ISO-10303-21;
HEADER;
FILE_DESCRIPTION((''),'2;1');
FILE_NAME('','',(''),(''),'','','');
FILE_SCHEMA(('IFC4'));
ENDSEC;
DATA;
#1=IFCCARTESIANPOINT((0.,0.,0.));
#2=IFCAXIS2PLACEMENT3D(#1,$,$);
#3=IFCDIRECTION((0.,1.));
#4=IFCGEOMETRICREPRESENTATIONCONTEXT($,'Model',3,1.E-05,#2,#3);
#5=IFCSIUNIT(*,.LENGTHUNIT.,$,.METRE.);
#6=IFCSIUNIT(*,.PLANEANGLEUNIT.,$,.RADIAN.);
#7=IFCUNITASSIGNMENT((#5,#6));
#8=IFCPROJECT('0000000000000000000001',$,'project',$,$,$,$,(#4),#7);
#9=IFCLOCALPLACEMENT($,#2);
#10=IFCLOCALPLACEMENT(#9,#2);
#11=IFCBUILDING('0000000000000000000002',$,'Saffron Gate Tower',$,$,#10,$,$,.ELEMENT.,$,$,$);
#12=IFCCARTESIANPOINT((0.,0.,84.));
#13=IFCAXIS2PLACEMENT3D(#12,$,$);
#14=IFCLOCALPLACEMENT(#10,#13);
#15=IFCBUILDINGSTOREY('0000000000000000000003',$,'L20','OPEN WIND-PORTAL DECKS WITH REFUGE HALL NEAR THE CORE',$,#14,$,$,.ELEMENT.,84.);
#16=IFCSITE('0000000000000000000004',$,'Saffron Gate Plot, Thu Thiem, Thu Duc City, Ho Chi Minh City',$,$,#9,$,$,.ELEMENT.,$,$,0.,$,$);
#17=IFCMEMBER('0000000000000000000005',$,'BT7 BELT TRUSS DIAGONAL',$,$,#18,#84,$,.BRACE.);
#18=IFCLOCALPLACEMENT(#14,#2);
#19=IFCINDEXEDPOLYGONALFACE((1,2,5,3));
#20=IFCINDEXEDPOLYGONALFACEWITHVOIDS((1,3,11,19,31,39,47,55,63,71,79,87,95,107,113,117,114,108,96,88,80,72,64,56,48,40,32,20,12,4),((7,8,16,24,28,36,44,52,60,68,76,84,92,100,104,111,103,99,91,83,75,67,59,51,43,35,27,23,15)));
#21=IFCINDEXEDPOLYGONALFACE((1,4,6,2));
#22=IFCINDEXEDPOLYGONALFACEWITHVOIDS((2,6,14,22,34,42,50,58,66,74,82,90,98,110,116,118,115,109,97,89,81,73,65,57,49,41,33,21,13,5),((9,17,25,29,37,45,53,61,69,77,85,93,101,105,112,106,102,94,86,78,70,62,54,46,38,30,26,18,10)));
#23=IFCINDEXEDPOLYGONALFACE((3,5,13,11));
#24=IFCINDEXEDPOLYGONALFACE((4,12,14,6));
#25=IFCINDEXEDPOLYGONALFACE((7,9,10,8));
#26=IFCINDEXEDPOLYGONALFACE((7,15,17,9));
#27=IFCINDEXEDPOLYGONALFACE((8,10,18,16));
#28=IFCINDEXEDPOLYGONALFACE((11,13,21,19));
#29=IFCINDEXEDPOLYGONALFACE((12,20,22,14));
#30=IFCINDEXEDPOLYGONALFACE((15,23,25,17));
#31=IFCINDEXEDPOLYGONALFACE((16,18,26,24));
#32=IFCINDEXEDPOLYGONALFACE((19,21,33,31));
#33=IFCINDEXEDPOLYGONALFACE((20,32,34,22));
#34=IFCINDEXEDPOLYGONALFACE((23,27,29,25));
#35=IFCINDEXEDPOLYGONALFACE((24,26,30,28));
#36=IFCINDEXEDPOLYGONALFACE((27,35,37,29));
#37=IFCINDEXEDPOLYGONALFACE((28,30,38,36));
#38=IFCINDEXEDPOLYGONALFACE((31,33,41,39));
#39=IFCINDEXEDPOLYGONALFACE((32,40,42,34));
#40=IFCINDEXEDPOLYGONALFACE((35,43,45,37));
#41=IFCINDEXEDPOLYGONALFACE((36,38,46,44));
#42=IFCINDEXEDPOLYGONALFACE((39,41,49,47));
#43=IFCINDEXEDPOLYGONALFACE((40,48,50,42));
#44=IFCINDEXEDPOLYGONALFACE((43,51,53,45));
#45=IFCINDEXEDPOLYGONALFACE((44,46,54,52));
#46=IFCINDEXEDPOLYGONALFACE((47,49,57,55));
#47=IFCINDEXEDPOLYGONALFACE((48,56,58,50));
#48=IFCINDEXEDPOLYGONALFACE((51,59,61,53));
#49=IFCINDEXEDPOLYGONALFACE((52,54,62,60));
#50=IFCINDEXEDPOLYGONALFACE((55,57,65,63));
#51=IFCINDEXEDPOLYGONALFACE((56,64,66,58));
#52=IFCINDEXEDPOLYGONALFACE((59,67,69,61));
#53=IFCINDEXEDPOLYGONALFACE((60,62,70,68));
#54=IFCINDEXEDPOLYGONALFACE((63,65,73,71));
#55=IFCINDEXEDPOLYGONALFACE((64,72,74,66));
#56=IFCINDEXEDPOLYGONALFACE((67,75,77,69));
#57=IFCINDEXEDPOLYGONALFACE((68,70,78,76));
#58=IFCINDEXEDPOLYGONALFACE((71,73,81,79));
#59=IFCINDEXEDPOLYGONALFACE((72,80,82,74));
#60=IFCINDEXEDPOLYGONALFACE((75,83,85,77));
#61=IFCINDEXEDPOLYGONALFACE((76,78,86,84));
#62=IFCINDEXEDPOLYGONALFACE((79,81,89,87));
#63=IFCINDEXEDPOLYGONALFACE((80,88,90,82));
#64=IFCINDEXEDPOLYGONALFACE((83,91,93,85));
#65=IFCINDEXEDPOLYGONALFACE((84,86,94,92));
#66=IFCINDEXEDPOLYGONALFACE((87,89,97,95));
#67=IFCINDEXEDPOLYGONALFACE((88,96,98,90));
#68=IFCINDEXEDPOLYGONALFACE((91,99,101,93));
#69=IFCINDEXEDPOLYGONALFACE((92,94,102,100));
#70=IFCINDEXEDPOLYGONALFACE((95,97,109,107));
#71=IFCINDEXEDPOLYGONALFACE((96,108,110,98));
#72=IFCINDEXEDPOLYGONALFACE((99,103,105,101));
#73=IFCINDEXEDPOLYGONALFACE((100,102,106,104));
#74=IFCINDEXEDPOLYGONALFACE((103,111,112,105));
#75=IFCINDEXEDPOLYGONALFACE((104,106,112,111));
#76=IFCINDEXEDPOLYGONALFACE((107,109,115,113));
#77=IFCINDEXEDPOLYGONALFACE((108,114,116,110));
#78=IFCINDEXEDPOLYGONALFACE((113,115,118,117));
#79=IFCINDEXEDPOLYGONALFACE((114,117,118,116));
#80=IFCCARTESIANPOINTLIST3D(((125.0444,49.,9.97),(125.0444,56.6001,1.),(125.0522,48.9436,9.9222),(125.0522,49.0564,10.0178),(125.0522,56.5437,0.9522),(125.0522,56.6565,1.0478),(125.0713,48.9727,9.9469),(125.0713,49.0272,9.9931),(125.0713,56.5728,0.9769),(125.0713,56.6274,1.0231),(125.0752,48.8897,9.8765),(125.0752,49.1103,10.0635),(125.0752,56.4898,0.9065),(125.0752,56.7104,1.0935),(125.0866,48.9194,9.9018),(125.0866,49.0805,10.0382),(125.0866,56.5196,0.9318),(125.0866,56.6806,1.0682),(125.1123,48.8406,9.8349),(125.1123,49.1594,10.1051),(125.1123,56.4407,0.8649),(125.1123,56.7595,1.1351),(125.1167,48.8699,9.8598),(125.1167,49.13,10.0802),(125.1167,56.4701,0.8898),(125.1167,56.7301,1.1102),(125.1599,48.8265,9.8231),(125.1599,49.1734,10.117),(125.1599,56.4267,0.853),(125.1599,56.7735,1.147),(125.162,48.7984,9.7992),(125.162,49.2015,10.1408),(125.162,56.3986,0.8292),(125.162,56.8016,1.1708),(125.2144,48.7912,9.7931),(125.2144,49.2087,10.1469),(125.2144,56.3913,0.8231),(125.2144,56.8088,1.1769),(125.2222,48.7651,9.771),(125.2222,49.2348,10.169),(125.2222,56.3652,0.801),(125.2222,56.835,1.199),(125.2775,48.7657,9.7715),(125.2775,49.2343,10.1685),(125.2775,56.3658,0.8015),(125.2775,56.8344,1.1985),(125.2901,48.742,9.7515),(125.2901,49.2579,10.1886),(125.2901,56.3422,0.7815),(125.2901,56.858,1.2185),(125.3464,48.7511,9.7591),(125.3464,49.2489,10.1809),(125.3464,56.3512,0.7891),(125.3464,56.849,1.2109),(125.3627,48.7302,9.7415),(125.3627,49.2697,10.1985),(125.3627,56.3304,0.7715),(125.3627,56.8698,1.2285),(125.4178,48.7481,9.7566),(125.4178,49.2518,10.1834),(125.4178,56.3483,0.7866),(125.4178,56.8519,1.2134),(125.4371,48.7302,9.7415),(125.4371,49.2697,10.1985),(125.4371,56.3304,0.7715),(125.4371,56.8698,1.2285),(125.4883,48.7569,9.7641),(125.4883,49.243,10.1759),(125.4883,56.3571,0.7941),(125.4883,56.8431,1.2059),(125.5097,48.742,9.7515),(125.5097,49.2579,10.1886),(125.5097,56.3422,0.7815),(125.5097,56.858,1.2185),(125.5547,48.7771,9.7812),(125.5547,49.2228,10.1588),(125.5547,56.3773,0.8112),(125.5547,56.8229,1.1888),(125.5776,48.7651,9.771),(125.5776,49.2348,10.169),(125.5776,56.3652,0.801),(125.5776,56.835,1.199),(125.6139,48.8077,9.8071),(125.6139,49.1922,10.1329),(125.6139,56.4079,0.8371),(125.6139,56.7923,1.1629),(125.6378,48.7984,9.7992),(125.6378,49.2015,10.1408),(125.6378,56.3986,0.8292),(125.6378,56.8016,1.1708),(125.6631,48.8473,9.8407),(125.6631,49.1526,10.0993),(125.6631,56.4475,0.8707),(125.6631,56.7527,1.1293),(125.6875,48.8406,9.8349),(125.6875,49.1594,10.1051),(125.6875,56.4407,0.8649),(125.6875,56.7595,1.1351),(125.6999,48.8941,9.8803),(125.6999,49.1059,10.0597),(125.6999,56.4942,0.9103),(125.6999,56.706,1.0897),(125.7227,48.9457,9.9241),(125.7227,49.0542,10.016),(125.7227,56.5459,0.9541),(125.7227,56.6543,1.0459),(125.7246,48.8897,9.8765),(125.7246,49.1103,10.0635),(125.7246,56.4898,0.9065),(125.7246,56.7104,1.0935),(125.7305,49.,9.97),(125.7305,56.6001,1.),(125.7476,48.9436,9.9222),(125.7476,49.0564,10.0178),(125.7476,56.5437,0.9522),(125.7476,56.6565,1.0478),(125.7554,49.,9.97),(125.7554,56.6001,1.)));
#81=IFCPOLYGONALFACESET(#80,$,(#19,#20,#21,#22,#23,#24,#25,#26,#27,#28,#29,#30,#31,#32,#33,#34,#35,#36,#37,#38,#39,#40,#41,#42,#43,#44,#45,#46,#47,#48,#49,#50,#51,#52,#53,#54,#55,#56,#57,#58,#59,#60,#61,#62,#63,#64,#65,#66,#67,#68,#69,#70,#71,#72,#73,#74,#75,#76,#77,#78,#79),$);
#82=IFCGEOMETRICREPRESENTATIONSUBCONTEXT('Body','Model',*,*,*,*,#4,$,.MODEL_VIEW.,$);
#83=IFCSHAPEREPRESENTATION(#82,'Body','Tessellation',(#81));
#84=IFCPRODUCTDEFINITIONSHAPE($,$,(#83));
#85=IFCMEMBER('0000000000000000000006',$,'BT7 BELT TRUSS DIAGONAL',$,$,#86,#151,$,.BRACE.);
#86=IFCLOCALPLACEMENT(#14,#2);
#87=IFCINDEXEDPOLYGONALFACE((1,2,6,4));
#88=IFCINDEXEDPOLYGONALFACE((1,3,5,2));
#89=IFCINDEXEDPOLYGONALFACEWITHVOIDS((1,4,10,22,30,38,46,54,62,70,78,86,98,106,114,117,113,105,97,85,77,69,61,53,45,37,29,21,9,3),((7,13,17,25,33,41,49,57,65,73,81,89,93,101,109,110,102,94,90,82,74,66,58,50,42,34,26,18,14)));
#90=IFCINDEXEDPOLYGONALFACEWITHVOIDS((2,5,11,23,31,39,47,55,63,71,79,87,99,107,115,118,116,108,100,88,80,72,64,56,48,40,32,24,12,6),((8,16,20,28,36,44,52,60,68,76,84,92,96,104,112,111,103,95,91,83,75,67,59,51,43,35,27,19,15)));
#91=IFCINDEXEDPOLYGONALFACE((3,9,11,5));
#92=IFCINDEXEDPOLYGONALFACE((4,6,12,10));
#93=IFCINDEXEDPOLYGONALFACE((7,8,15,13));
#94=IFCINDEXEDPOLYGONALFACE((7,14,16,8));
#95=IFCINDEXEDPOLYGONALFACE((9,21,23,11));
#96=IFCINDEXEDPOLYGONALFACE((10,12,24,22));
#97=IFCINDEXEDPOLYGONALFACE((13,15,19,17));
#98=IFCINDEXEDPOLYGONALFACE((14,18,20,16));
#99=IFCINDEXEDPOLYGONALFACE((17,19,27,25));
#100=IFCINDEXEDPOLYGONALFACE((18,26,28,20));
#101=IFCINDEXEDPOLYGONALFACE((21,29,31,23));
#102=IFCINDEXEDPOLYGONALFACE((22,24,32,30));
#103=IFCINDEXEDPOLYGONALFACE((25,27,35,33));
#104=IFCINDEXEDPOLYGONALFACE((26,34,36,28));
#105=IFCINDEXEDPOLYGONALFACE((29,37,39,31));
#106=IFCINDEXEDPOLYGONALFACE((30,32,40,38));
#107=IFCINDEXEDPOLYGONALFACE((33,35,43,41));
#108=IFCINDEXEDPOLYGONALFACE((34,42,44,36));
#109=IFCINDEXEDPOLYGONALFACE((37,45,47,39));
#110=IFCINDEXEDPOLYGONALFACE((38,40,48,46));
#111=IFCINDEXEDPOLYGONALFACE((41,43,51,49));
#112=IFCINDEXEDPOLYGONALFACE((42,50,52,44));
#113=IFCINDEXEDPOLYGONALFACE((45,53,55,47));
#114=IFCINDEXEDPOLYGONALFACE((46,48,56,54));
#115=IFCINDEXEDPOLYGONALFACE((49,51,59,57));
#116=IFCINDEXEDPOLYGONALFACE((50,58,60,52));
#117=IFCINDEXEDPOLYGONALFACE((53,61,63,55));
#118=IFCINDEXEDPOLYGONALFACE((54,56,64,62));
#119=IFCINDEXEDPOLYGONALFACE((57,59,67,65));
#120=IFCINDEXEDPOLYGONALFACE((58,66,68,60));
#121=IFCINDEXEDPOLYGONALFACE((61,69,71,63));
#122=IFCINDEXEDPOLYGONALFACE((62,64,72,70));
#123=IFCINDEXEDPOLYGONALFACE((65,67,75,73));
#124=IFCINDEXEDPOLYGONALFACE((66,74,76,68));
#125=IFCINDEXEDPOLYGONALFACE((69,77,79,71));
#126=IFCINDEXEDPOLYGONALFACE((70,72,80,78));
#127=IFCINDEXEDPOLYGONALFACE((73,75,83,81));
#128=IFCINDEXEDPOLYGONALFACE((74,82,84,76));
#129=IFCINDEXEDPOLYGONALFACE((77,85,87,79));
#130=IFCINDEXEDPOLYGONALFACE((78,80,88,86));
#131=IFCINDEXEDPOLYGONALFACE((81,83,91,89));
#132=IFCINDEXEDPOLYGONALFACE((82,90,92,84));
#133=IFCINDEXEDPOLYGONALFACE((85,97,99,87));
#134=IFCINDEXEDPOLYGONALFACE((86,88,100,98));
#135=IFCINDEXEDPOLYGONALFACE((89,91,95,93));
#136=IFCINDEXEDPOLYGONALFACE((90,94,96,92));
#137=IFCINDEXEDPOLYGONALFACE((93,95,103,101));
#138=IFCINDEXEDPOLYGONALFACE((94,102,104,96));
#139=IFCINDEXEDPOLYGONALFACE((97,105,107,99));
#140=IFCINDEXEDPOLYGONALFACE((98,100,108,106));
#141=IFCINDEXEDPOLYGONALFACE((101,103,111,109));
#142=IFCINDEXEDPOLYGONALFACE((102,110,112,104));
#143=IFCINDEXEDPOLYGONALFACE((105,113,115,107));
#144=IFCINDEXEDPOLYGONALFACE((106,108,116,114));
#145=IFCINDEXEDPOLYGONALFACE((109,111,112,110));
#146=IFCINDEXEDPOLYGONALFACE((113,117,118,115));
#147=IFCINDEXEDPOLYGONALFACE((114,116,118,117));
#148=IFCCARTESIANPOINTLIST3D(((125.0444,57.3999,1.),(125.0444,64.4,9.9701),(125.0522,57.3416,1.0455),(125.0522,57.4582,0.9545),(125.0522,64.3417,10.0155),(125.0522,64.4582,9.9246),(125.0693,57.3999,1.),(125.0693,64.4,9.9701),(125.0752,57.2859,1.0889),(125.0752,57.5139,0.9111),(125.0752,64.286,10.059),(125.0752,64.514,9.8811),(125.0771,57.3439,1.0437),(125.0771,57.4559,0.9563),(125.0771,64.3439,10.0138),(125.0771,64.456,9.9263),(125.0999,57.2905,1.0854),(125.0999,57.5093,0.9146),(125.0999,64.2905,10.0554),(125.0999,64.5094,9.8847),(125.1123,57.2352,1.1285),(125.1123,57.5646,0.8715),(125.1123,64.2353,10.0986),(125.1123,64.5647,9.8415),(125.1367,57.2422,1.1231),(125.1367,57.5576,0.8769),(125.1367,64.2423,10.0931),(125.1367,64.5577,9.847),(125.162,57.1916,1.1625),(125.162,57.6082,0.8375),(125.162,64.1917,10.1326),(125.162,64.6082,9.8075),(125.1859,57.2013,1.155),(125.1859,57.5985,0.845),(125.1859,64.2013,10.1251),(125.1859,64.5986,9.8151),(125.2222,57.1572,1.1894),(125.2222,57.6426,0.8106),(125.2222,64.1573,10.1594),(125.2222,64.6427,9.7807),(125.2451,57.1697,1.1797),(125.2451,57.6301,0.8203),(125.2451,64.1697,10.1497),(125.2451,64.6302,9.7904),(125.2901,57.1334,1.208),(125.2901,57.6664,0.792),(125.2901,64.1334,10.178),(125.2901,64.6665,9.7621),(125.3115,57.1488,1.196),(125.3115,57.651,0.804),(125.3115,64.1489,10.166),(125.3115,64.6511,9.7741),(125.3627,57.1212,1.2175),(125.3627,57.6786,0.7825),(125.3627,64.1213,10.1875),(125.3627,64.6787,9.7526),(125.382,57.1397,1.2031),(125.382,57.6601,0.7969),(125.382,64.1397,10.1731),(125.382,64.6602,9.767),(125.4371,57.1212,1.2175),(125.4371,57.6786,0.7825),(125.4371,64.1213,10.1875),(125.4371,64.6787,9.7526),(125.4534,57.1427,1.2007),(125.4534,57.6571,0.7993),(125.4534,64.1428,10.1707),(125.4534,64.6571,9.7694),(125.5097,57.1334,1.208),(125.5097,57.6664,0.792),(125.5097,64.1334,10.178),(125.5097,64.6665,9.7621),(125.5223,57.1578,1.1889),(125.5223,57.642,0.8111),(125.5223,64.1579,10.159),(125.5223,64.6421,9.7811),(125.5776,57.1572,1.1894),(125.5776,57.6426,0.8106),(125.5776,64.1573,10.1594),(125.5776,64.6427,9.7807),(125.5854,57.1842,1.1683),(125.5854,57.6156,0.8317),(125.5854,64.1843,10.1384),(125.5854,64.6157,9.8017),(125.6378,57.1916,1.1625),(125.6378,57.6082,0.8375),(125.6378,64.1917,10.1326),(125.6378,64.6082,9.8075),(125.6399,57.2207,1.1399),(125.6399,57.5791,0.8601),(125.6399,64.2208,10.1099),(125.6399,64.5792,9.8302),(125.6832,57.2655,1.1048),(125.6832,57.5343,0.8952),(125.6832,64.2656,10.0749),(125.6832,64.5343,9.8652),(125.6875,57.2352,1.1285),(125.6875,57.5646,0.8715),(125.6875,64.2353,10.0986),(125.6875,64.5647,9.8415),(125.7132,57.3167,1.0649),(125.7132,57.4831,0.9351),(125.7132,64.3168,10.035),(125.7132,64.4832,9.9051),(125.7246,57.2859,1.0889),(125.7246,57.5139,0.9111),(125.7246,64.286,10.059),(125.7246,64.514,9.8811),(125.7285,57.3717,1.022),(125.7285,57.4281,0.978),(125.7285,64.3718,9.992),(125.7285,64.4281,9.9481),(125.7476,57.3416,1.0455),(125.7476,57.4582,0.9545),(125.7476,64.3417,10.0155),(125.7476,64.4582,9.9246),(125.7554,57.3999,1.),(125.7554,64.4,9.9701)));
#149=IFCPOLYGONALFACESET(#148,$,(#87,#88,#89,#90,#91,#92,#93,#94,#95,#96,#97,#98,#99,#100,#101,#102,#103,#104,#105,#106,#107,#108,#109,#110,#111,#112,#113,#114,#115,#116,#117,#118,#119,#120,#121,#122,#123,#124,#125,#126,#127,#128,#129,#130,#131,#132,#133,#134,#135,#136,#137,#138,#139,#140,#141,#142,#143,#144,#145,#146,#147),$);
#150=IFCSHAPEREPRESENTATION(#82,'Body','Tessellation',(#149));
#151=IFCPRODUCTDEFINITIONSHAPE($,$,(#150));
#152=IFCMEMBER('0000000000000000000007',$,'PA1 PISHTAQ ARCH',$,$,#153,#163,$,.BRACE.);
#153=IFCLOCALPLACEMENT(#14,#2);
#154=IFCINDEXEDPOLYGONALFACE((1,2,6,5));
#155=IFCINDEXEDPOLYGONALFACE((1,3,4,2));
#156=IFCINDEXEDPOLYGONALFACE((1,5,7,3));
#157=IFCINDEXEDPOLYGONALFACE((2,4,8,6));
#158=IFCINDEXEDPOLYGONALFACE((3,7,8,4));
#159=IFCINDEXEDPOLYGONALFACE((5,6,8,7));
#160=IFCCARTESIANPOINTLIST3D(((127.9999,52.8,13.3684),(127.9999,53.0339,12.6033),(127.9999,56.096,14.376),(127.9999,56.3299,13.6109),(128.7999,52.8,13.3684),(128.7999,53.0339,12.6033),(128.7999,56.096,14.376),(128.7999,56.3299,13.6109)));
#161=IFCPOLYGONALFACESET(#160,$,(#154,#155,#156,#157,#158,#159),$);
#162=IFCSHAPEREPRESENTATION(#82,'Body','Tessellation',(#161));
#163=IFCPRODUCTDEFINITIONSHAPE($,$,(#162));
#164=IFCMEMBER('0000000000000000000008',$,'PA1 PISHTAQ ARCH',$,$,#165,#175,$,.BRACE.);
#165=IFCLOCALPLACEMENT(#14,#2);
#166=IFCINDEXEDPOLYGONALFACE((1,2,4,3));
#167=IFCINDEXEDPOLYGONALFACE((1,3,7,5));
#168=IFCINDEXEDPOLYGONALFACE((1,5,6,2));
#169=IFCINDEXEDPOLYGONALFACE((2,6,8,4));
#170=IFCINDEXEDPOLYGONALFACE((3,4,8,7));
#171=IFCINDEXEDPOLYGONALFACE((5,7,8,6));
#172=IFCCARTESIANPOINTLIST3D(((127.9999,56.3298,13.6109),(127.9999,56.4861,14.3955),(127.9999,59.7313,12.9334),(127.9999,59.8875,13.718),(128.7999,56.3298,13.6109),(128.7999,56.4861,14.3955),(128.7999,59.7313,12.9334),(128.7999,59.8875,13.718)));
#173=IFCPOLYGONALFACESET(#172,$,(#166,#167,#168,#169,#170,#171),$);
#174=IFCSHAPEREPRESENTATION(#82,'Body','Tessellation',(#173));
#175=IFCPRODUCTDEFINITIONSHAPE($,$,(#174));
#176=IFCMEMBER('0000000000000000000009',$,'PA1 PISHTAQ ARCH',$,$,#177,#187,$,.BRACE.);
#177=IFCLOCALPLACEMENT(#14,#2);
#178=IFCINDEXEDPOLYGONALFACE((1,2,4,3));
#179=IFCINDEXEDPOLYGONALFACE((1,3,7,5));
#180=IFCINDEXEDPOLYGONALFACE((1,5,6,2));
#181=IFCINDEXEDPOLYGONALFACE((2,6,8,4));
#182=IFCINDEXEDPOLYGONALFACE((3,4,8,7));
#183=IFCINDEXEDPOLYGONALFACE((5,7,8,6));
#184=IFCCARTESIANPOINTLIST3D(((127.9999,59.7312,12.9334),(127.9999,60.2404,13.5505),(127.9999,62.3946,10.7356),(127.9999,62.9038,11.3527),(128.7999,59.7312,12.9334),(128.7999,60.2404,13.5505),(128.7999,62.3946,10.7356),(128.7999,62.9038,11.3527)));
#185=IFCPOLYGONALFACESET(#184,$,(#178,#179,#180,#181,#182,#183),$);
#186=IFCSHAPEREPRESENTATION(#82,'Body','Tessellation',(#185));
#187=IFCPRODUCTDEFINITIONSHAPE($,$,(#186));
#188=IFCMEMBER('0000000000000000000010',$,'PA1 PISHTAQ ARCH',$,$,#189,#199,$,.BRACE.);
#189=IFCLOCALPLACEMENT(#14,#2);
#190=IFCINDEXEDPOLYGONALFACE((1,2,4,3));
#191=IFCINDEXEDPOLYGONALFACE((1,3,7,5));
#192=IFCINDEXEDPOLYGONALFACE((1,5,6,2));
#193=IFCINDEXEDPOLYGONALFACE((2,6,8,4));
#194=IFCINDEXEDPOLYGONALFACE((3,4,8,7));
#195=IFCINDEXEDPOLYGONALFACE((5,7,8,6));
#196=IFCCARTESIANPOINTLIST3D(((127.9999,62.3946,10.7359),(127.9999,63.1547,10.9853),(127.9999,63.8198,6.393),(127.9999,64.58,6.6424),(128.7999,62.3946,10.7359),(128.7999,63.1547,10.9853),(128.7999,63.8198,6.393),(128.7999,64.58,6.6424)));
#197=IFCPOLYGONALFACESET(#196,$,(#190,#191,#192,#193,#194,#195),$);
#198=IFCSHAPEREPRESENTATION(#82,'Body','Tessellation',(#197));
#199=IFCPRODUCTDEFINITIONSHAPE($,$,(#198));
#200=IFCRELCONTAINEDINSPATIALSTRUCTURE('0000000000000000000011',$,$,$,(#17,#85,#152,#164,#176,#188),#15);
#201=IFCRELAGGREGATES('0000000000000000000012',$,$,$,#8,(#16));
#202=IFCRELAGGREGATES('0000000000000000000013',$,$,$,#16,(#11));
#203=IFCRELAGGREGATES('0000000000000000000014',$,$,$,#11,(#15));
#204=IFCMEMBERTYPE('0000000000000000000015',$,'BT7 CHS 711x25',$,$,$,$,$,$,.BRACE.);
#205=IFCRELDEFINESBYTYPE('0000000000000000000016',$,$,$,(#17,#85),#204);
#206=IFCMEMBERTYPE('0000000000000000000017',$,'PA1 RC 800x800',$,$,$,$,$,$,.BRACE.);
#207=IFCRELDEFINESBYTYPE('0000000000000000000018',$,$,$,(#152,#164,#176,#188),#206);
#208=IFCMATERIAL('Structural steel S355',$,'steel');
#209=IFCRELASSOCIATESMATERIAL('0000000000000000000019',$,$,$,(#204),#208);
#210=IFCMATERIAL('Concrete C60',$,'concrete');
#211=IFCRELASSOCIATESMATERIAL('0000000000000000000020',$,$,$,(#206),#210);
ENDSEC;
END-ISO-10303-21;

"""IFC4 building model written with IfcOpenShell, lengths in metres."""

from ifc_helpers import new_model, si_unit, direction, frame, origin, origin_2d, place, context, subcontext, project, spatial, rectangle, hollow_circle, extrude, material, material_profile, profile_set, type_object, element, save


model = new_model("IFC4")

# Units and contexts
model_context = context("Model", 3, precision=1e-05, world=origin(), true_north=direction((0.0, 1.0)))
body_context = subcontext(model_context, "Body", "Model", "MODEL_VIEW")
ifc_project = project(units=[si_unit("LENGTHUNIT", "METRE"), si_unit("PLANEANGLEUNIT", "RADIAN")], contexts=[model_context])

# Site, building, storey
site_placement = place(None, origin())
site = spatial("IfcSite", under=ifc_project, at=site_placement, Name="Saffron Gate Plot, Thu Thiem, Thu Duc City, Ho Chi Minh City", CompositionType="ELEMENT", RefElevation=0.0)
building_placement = place(site_placement, origin())
building = spatial("IfcBuilding", under=site, at=building_placement, Name="Saffron Gate Tower", CompositionType="ELEMENT")
storey_placement = place(building_placement, frame((0.0, 0.0, 84.0)))
storey = spatial("IfcBuildingStorey", under=building, at=storey_placement, Name="L20", Description="OPEN WIND-PORTAL DECKS WITH REFUGE HALL NEAR THE CORE", CompositionType="ELEMENT", Elevation=84.0)

# Shared definitions
ifc_material_1 = material(Name="Concrete C60", Category="concrete")

# Shared definitions
ifc_material_2 = material(Name="Structural steel S355", Category="steel")

# Members
ifc_material_profile_1 = material_profile(ifc_material_2, hollow_circle(Radius=0.3555, WallThickness=0.0249, at=origin_2d()))
ifc_profile_set_1 = profile_set([ifc_material_profile_1], Name="Structural steel S355")
member_type_1 = type_object("IfcMemberType", Name="BT7 CHS 711x25", PredefinedType="BRACE", material=ifc_profile_set_1)
member_1_placement = place(storey_placement, frame((125.3999, 56.6001, 1.0), z_axis=(0.0, -0.646444, 0.762962), x_axis=(1.0, 0.0, 0.0)))
element("IfcMember", 1, at=member_1_placement, inside=storey, type_object=member_type_1, Name="BT7 BELT TRUSS DIAGONAL", PredefinedType="BRACE", context=body_context, shape_type="SweptSolid", body=[
    extrude(hollow_circle(Radius=0.3555, WallThickness=0.0249, at=origin_2d()), origin(), (0.0, 0.0, 1.0), 11.7568),
])
member_2_placement = place(storey_placement, frame((125.3999, 57.3999, 1.0), z_axis=(0.0, 0.615219, 0.788356), x_axis=(-1.0, 0.0, 0.0)))
element("IfcMember", 2, at=member_2_placement, inside=storey, type_object=member_type_1, Name="BT7 BELT TRUSS DIAGONAL", PredefinedType="BRACE", context=body_context, shape_type="SweptSolid", body=[
    extrude(hollow_circle(Radius=0.3555, WallThickness=0.0249, at=origin_2d()), origin(), (0.0, 0.0, 1.0), 11.3782),
])
ifc_material_profile_2 = material_profile(ifc_material_1, rectangle(XDim=0.8, YDim=0.8, at=origin_2d()))
ifc_profile_set_2 = profile_set([ifc_material_profile_2], Name="Concrete C60")
member_type_2 = type_object("IfcMemberType", Name="PA1 RC 800x800", PredefinedType="BRACE", material=ifc_profile_set_2)
member_3_placement = place(storey_placement, frame((128.3999, 52.917, 12.9858), z_axis=(0.0, 0.956312, 0.292348), x_axis=(-1.0, 0.0, 0.0)))
element("IfcMember", 3, at=member_3_placement, inside=storey, type_object=member_type_2, Name="PA1 PISHTAQ ARCH", PredefinedType="BRACE", context=body_context, shape_type="SweptSolid", body=[
    extrude(rectangle(XDim=0.8, YDim=0.8, at=origin_2d()), origin(), (0.0, 0.0, 1.0), 3.4465),
])
member_4_placement = place(storey_placement, frame((128.3999, 56.408, 14.0032), z_axis=(0.0, 0.980735, -0.195344), x_axis=(-1.0, 0.0, 0.0)))
element("IfcMember", 4, at=member_4_placement, inside=storey, type_object=member_type_2, Name="PA1 PISHTAQ ARCH", PredefinedType="BRACE", context=body_context, shape_type="SweptSolid", body=[
    extrude(rectangle(XDim=0.8, YDim=0.8, at=origin_2d()), origin(), (0.0, 0.0, 1.0), 3.4683),
])
member_5_placement = place(storey_placement, frame((128.3999, 59.9858, 13.2419), z_axis=(0.0, 0.771301, -0.63647), x_axis=(-1.0, 0.0, 0.0)))
element("IfcMember", 5, at=member_5_placement, inside=storey, type_object=member_type_2, Name="PA1 PISHTAQ ARCH", PredefinedType="BRACE", context=body_context, shape_type="SweptSolid", body=[
    extrude(rectangle(XDim=0.8, YDim=0.8, at=origin_2d()), origin(), (0.0, 0.0, 1.0), 3.4531),
])
member_6_placement = place(storey_placement, frame((128.3999, 62.7747, 10.8606), z_axis=(0.0, 0.311818, -0.950142), x_axis=(-1.0, 0.0, 0.0)))
element("IfcMember", 6, at=member_6_placement, inside=storey, type_object=member_type_2, Name="PA1 PISHTAQ ARCH", PredefinedType="BRACE", context=body_context, shape_type="SweptSolid", body=[
    extrude(rectangle(XDim=0.8, YDim=0.8, at=origin_2d()), origin(), (0.0, 0.0, 1.0), 4.5708),
])

save(model, "model.ifc")
